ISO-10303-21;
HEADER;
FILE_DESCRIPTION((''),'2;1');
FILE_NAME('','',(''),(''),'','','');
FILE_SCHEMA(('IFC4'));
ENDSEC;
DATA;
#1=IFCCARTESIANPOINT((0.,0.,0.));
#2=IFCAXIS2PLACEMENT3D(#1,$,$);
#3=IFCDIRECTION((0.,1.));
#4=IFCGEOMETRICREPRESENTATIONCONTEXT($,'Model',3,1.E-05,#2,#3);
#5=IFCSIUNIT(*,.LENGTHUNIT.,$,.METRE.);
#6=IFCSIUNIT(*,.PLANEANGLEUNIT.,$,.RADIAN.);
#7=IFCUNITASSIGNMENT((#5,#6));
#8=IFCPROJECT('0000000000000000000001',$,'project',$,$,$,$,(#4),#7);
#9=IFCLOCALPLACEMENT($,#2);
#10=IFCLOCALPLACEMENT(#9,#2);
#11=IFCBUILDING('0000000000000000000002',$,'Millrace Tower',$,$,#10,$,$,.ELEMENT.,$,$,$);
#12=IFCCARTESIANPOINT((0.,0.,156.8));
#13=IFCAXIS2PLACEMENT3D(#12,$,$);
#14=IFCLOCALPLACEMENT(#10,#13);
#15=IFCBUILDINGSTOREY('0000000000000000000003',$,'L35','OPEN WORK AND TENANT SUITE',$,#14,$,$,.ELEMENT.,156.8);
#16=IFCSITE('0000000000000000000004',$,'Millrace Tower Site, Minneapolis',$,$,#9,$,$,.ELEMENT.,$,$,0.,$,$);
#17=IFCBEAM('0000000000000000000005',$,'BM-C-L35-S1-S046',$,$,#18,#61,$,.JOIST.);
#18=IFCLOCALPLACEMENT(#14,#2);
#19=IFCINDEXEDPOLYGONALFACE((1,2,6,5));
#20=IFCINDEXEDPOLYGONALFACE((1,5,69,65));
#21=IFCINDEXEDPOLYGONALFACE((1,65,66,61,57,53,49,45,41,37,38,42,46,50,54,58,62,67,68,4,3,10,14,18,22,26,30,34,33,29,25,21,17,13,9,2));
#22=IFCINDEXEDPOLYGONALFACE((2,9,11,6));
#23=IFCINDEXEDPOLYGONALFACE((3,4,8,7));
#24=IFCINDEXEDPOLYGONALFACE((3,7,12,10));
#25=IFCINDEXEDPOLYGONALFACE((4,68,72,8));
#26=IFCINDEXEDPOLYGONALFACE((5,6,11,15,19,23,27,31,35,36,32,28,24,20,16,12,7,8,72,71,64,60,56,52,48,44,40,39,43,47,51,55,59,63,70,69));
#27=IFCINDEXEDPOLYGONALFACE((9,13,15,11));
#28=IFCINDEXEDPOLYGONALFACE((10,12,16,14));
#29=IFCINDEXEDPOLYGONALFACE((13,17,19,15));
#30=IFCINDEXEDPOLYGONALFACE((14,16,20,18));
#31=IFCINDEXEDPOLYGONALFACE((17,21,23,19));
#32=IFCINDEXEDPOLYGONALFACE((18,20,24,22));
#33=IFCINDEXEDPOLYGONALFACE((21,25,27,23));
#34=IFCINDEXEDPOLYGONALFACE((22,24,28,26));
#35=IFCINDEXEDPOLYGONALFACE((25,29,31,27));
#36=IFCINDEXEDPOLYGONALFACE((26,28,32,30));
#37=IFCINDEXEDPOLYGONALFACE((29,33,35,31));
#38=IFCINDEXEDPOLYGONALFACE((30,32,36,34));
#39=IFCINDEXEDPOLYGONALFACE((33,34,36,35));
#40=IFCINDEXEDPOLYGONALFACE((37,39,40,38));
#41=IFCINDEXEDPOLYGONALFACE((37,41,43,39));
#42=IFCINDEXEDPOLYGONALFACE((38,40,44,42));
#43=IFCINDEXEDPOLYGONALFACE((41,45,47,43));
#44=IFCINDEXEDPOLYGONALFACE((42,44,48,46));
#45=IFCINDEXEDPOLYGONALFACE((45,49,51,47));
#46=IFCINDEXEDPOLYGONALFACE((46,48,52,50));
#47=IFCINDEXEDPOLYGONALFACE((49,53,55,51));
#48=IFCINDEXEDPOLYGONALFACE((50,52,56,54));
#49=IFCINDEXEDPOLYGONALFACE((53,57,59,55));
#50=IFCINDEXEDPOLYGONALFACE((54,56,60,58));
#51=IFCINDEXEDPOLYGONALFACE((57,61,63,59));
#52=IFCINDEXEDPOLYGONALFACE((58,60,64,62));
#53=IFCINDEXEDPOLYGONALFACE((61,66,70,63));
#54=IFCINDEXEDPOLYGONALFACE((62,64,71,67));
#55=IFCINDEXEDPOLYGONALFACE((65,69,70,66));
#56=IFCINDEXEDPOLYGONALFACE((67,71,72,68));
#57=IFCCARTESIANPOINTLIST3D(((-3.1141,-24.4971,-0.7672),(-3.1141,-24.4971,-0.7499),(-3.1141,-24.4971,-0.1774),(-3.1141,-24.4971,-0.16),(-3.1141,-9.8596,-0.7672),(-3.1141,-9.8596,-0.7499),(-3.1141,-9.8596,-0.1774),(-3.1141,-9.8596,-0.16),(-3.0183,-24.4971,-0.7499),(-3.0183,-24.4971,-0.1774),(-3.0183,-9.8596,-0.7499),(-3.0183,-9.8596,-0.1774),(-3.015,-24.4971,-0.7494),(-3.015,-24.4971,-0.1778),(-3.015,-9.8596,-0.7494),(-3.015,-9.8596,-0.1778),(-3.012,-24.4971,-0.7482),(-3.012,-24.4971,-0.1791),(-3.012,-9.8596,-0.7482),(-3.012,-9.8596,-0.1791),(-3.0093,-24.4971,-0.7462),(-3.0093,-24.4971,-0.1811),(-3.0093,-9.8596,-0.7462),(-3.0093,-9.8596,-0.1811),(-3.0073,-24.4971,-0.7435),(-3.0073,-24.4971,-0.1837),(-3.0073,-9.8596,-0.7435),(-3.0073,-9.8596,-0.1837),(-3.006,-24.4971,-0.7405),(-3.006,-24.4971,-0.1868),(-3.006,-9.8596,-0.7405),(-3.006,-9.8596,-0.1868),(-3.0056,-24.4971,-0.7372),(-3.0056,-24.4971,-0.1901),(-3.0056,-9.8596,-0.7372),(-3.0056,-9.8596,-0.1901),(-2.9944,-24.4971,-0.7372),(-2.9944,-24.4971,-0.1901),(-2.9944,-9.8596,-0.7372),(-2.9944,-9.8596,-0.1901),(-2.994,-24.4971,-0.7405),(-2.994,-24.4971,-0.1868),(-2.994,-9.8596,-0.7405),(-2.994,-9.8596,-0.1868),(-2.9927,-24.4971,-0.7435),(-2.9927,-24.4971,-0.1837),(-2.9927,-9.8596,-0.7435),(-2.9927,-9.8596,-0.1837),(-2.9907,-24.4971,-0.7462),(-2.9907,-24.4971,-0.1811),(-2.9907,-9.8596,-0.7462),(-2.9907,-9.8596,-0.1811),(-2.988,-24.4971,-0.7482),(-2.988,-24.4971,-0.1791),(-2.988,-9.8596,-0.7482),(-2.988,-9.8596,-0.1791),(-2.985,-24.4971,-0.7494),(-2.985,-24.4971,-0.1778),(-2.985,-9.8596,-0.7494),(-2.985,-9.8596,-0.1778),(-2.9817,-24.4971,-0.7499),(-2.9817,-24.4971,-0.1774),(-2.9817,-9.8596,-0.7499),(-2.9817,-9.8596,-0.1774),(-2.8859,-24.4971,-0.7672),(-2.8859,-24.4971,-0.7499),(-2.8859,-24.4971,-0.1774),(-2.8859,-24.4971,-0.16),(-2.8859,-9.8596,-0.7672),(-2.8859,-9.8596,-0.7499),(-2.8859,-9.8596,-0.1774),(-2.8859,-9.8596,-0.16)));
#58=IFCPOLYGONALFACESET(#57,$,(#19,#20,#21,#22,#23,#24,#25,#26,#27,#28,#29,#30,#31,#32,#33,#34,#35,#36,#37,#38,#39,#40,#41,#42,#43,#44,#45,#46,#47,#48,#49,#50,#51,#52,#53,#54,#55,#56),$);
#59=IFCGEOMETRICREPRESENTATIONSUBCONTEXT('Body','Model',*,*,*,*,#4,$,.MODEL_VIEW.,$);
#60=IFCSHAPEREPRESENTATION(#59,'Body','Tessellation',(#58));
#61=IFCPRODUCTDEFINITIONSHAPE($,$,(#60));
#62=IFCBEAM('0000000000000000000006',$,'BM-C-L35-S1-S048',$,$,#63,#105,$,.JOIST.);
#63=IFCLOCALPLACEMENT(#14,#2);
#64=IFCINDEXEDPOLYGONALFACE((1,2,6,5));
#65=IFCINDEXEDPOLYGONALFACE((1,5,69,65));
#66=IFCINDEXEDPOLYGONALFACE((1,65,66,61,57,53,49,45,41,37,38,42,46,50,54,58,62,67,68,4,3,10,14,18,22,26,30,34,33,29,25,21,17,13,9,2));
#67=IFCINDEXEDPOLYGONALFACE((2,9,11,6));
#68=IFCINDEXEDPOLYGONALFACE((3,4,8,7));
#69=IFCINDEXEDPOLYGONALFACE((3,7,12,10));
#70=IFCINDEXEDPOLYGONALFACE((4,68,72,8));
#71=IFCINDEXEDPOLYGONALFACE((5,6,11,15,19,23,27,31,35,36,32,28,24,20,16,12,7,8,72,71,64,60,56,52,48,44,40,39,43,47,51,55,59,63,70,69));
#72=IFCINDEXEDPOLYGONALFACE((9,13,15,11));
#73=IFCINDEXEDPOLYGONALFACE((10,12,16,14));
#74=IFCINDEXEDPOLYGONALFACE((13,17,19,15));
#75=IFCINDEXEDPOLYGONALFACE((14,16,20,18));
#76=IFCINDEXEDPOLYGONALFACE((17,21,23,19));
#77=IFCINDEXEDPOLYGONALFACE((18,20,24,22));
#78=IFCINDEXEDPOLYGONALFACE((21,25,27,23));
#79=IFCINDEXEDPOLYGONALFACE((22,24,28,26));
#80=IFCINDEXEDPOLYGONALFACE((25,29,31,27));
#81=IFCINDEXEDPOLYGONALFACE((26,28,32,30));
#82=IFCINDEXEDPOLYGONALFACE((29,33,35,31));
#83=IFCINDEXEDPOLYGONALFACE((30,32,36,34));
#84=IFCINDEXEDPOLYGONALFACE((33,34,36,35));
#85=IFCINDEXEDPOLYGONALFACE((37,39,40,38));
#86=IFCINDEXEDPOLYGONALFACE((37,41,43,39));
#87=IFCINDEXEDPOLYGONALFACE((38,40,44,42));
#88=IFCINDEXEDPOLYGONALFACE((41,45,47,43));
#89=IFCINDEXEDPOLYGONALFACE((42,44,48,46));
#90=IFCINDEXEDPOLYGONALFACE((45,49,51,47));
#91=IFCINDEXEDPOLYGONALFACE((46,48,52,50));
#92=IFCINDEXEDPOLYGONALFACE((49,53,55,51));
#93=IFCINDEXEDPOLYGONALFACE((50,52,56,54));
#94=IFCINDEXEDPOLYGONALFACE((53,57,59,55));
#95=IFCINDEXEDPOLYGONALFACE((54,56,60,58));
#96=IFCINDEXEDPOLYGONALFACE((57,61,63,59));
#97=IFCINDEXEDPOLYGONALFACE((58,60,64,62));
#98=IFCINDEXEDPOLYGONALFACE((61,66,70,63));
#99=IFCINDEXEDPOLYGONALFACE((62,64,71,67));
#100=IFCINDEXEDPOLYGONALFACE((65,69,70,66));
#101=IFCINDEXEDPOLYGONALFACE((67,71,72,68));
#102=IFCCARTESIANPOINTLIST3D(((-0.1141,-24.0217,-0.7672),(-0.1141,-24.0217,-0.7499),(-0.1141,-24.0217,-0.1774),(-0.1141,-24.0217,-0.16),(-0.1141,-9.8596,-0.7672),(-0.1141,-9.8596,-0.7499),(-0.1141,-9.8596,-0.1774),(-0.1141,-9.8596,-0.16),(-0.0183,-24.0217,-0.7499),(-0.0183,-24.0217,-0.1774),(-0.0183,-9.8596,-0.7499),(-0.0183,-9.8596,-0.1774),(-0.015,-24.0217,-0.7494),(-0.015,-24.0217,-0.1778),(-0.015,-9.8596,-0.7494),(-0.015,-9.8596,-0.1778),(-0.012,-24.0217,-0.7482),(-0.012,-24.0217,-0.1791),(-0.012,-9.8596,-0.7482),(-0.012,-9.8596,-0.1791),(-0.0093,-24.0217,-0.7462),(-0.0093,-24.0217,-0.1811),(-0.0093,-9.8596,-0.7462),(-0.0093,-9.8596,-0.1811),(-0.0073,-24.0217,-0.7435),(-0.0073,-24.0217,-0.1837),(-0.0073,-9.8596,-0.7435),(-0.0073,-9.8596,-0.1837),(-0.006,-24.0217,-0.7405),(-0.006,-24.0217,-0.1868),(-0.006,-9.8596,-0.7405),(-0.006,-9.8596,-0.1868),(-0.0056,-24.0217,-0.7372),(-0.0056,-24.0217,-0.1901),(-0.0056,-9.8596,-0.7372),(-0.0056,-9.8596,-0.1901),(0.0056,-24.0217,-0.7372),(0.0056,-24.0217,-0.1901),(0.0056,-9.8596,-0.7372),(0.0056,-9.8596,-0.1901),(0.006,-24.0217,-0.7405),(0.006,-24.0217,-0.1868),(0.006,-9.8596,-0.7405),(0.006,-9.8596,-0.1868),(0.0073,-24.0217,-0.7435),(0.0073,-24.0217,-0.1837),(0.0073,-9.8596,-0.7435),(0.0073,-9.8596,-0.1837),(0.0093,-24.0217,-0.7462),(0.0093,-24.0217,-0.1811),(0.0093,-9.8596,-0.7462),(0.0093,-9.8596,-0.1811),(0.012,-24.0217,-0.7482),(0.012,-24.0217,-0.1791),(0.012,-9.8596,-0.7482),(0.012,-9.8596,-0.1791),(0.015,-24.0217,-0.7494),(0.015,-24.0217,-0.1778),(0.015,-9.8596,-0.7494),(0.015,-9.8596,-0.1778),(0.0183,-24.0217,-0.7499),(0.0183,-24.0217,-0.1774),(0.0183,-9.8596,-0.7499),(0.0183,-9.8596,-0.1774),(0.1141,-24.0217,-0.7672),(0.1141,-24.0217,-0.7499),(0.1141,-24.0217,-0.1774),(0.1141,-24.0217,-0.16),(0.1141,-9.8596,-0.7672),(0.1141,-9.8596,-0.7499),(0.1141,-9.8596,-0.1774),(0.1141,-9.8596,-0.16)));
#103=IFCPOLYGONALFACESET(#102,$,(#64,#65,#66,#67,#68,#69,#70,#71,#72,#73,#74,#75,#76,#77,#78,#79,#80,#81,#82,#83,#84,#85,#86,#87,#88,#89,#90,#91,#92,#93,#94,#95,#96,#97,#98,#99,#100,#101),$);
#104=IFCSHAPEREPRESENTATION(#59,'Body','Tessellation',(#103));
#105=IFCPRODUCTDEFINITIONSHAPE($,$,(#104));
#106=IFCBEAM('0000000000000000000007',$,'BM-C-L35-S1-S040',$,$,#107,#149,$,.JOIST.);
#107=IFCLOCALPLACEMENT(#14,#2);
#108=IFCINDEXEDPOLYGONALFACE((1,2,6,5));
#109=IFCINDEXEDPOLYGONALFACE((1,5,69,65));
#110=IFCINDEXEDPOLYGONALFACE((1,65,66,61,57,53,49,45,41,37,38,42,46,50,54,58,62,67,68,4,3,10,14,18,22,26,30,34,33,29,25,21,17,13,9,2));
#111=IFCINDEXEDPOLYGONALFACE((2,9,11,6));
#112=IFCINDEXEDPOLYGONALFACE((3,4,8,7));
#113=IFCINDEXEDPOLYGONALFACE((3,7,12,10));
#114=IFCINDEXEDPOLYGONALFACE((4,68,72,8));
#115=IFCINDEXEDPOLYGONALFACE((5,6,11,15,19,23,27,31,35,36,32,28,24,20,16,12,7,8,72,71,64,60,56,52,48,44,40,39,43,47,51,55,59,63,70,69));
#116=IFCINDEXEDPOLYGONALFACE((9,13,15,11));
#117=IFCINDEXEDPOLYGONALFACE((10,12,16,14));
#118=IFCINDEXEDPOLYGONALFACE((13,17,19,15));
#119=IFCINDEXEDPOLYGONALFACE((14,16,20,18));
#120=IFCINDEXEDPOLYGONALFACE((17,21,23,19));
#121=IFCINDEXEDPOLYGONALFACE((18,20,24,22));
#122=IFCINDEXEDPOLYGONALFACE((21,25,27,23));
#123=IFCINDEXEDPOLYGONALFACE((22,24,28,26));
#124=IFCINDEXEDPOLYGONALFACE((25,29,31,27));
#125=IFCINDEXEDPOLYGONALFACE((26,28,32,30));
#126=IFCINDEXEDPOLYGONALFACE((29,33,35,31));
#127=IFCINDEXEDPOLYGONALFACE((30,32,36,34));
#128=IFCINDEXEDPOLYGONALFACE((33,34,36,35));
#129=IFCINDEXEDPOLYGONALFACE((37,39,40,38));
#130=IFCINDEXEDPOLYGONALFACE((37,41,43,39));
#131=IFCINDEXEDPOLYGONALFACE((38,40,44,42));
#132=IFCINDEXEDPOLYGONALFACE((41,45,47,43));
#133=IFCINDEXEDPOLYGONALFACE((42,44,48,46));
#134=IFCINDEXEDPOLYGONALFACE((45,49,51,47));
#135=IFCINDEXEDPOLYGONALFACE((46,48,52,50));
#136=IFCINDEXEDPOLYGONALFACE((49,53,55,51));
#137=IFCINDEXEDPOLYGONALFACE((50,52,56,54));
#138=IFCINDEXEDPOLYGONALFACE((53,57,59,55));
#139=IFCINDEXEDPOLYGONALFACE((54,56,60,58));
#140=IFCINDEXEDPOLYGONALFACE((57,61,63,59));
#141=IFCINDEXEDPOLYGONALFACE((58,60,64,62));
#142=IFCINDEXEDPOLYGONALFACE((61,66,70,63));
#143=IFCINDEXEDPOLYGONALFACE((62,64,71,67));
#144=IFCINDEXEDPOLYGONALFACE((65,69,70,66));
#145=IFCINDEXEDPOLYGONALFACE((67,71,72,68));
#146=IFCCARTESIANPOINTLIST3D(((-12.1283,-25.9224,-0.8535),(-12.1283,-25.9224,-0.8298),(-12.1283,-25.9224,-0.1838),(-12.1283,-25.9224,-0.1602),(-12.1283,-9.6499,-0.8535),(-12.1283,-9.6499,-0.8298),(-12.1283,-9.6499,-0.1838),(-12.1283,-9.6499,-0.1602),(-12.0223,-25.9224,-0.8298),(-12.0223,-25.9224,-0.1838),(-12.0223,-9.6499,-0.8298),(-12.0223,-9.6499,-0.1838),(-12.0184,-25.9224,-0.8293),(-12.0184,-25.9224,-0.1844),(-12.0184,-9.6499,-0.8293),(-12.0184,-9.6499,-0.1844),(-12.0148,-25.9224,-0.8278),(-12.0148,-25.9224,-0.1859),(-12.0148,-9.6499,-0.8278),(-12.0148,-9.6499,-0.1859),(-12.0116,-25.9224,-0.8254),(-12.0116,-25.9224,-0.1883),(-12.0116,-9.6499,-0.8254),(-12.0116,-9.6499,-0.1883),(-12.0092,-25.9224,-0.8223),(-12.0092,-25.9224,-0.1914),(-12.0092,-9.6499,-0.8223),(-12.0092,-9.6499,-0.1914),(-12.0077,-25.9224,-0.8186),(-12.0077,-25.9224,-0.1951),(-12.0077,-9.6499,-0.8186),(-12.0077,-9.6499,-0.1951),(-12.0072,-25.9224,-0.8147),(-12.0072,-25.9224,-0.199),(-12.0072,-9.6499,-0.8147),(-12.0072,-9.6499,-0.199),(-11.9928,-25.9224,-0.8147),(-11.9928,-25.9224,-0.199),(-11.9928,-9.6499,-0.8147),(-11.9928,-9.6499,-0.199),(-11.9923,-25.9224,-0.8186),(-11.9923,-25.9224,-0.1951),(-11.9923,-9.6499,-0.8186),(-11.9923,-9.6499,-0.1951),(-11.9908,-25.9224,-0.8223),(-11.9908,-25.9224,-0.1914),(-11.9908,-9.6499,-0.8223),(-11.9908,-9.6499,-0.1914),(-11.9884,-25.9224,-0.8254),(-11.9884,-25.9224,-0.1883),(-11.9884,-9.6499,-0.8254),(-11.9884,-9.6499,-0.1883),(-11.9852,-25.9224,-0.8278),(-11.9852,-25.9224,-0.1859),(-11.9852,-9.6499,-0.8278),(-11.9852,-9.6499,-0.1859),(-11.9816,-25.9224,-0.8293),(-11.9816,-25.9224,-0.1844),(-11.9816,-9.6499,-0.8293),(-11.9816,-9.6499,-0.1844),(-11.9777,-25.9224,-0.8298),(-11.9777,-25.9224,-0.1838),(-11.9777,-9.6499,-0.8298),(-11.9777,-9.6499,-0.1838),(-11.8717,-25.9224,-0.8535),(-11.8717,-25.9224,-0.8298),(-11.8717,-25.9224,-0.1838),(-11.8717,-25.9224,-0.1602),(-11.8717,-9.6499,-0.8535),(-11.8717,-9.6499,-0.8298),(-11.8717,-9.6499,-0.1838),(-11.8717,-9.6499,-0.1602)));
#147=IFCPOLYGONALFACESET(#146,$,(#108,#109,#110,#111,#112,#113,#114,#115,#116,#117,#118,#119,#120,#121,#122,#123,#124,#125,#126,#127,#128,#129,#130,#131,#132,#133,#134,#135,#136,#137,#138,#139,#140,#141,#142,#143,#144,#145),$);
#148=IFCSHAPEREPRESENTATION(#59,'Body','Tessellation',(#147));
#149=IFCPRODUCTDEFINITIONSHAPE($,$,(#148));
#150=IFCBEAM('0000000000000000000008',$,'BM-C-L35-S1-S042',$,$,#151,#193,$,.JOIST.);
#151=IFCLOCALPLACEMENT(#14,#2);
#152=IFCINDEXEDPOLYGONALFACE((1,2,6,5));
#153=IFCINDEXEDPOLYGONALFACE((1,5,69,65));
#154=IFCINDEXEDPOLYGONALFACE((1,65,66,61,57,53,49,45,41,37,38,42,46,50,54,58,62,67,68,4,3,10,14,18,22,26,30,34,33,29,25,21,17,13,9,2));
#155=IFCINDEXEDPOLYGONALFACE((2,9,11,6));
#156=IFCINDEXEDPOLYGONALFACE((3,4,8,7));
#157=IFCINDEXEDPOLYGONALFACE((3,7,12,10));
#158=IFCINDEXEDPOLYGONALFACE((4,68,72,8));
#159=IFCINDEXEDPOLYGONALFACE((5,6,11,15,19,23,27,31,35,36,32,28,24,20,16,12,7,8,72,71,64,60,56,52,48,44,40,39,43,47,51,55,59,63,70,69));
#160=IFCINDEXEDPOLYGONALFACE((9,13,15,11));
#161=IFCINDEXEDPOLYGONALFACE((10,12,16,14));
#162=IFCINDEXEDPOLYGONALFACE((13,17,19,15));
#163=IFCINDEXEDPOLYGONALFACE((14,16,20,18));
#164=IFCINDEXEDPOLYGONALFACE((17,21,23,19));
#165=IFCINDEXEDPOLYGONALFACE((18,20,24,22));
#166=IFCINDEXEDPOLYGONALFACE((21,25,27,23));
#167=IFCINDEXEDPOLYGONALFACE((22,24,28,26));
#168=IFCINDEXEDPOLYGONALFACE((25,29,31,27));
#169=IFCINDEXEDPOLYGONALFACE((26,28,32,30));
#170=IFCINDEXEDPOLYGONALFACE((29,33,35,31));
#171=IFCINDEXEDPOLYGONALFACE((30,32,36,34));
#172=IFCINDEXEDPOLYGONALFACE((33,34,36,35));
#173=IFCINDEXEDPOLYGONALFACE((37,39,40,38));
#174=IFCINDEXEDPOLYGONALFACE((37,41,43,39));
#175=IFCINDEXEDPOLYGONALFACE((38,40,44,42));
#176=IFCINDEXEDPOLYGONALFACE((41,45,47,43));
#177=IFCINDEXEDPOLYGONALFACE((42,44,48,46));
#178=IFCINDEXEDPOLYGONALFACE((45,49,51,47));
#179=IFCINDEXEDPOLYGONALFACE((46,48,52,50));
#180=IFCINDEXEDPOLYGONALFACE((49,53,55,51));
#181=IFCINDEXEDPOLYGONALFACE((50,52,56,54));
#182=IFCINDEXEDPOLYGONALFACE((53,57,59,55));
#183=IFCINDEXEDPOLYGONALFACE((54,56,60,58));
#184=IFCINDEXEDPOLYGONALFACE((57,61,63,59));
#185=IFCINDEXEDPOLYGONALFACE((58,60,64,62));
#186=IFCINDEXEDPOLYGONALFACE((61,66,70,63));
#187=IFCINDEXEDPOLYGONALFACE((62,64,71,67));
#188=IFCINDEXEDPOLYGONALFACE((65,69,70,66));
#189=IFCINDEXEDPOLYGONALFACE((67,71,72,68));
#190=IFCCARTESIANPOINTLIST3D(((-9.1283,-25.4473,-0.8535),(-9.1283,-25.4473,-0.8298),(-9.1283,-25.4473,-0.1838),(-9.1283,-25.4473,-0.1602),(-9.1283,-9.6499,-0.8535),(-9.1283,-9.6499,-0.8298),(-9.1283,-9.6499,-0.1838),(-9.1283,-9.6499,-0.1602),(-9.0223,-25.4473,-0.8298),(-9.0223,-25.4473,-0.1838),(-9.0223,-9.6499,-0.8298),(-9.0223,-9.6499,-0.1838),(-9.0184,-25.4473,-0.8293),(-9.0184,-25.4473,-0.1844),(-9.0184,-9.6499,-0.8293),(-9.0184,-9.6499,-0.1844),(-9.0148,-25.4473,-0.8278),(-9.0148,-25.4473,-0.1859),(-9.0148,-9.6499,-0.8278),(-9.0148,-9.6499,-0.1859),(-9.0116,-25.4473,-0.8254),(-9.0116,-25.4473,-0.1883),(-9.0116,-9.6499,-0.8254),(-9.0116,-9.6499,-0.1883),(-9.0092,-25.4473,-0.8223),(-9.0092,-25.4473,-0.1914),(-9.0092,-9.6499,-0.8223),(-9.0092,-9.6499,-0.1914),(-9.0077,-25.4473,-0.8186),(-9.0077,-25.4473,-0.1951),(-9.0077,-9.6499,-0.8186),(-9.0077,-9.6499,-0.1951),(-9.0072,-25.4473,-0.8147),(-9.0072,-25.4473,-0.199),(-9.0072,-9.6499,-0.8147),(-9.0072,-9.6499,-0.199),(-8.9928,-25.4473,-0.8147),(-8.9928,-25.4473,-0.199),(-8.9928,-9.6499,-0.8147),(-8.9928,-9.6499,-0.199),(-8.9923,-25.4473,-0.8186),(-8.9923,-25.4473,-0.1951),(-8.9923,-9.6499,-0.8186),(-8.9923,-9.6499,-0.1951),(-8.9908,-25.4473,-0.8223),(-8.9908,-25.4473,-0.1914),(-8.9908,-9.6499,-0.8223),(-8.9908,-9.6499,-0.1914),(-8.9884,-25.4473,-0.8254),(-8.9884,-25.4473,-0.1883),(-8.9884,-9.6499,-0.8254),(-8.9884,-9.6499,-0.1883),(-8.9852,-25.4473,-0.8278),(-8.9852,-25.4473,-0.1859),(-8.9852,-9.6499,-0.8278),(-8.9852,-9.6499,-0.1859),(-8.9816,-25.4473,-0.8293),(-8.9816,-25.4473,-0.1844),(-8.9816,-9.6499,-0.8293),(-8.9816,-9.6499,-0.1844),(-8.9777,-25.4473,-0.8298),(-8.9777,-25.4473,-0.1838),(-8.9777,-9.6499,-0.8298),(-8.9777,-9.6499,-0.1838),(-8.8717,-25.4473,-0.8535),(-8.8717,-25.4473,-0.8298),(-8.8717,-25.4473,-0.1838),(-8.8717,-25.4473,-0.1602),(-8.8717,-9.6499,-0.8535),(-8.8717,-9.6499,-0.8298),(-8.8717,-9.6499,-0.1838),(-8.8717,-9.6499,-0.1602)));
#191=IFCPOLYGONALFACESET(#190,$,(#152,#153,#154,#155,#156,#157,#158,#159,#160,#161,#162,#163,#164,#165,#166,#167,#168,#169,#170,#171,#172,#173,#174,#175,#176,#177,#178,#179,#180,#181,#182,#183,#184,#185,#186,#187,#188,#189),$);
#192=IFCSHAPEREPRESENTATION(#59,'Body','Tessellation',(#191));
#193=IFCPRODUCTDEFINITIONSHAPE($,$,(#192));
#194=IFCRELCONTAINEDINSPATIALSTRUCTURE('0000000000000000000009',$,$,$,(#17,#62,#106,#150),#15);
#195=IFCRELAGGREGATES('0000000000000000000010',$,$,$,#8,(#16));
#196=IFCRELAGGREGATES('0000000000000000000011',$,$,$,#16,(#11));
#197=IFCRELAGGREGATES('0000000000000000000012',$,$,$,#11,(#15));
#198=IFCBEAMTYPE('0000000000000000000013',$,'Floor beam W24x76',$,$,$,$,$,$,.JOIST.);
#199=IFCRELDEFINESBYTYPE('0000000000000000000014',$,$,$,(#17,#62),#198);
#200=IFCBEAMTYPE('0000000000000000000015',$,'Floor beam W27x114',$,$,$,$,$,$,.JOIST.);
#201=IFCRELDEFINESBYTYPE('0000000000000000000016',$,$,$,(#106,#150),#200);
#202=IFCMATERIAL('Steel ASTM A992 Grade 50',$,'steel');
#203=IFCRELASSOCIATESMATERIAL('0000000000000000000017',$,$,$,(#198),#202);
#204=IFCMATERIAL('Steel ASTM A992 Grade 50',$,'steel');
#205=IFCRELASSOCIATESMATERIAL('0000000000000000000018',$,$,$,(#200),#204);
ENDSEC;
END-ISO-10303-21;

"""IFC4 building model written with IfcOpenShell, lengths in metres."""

from ifc_helpers import new_model, si_unit, direction, frame, origin, origin_2d, place, context, subcontext, project, spatial, i_section, extrude, material, material_profile, profile_set, type_object, element, save


model = new_model("IFC4")

# Units and contexts
model_context = context("Model", 3, precision=1e-05, world=origin(), true_north=direction((0.0, 1.0)))
body_context = subcontext(model_context, "Body", "Model", "MODEL_VIEW")
ifc_project = project(units=[si_unit("LENGTHUNIT", "METRE"), si_unit("PLANEANGLEUNIT", "RADIAN")], contexts=[model_context])

# Site, building, storey
site_placement = place(None, origin())
site = spatial("IfcSite", under=ifc_project, at=site_placement, Name="Millrace Tower Site, Minneapolis", CompositionType="ELEMENT", RefElevation=0.0)
building_placement = place(site_placement, origin())
building = spatial("IfcBuilding", under=site, at=building_placement, Name="Millrace Tower", CompositionType="ELEMENT")
storey_placement = place(building_placement, frame((0.0, 0.0, 156.8)))
storey = spatial("IfcBuildingStorey", under=building, at=storey_placement, Name="L35", Description="OPEN WORK AND TENANT SUITE", CompositionType="ELEMENT", Elevation=156.8)

# Beams
ifc_material_1 = material(Name="Steel ASTM A992 Grade 50", Category="steel")
ifc_material_profile_1 = material_profile(ifc_material_1, i_section(OverallWidth=0.2283, OverallDepth=0.6072, WebThickness=0.0112, FlangeThickness=0.0173, FilletRadius=0.0127, at=origin_2d()))
ifc_profile_set_1 = profile_set([ifc_material_profile_1], Name="Steel ASTM A992 Grade 50")
beam_type_1 = type_object("IfcBeamType", Name="Floor beam W24x76", PredefinedType="JOIST", material=ifc_profile_set_1)
beam_1_placement = place(storey_placement, frame((-3.0, -24.4971, -0.4636), z_axis=(0.0, 1.0, 0.0), x_axis=(-1.0, 0.0, 0.0)))
element("IfcBeam", 1, at=beam_1_placement, inside=storey, type_object=beam_type_1, Name="BM-C-L35-S1-S046", PredefinedType="JOIST", context=body_context, shape_type="SweptSolid", body=[
    extrude(i_section(OverallWidth=0.2283, OverallDepth=0.6072, WebThickness=0.0112, FlangeThickness=0.0173, FilletRadius=0.0127, at=origin_2d()), origin(), (0.0, 0.0, 1.0), 14.6375),
])
beam_2_placement = place(storey_placement, frame((0.0, -24.0217, -0.4636), z_axis=(0.0, 1.0, 0.0), x_axis=(-1.0, 0.0, 0.0)))
element("IfcBeam", 2, at=beam_2_placement, inside=storey, type_object=beam_type_1, Name="BM-C-L35-S1-S048", PredefinedType="JOIST", context=body_context, shape_type="SweptSolid", body=[
    extrude(i_section(OverallWidth=0.2283, OverallDepth=0.6072, WebThickness=0.0112, FlangeThickness=0.0173, FilletRadius=0.0127, at=origin_2d()), origin(), (0.0, 0.0, 1.0), 14.1621),
])
ifc_material_2 = material(Name="Steel ASTM A992 Grade 50", Category="steel")
ifc_material_profile_2 = material_profile(ifc_material_2, i_section(OverallWidth=0.2566, OverallDepth=0.6934, WebThickness=0.0144, FlangeThickness=0.0237, FilletRadius=0.0151, at=origin_2d()))
ifc_profile_set_2 = profile_set([ifc_material_profile_2], Name="Steel ASTM A992 Grade 50")
beam_type_2 = type_object("IfcBeamType", Name="Floor beam W27x114", PredefinedType="JOIST", material=ifc_profile_set_2)
beam_3_placement = place(storey_placement, frame((-12.0, -25.9224, -0.5068), z_axis=(0.0, 1.0, 0.0), x_axis=(-1.0, 0.0, 0.0)))
element("IfcBeam", 3, at=beam_3_placement, inside=storey, type_object=beam_type_2, Name="BM-C-L35-S1-S040", PredefinedType="JOIST", context=body_context, shape_type="SweptSolid", body=[
    extrude(i_section(OverallWidth=0.2566, OverallDepth=0.6934, WebThickness=0.0144, FlangeThickness=0.0237, FilletRadius=0.0151, at=origin_2d()), origin(), (0.0, 0.0, 1.0), 16.2725),
])
beam_4_placement = place(storey_placement, frame((-9.0, -25.4473, -0.5068), z_axis=(0.0, 1.0, 0.0), x_axis=(-1.0, 0.0, 0.0)))
element("IfcBeam", 4, at=beam_4_placement, inside=storey, type_object=beam_type_2, Name="BM-C-L35-S1-S042", PredefinedType="JOIST", context=body_context, shape_type="SweptSolid", body=[
    extrude(i_section(OverallWidth=0.2566, OverallDepth=0.6934, WebThickness=0.0144, FlangeThickness=0.0237, FilletRadius=0.0151, at=origin_2d()), origin(), (0.0, 0.0, 1.0), 15.7974),
])

save(model, "model.ifc")
